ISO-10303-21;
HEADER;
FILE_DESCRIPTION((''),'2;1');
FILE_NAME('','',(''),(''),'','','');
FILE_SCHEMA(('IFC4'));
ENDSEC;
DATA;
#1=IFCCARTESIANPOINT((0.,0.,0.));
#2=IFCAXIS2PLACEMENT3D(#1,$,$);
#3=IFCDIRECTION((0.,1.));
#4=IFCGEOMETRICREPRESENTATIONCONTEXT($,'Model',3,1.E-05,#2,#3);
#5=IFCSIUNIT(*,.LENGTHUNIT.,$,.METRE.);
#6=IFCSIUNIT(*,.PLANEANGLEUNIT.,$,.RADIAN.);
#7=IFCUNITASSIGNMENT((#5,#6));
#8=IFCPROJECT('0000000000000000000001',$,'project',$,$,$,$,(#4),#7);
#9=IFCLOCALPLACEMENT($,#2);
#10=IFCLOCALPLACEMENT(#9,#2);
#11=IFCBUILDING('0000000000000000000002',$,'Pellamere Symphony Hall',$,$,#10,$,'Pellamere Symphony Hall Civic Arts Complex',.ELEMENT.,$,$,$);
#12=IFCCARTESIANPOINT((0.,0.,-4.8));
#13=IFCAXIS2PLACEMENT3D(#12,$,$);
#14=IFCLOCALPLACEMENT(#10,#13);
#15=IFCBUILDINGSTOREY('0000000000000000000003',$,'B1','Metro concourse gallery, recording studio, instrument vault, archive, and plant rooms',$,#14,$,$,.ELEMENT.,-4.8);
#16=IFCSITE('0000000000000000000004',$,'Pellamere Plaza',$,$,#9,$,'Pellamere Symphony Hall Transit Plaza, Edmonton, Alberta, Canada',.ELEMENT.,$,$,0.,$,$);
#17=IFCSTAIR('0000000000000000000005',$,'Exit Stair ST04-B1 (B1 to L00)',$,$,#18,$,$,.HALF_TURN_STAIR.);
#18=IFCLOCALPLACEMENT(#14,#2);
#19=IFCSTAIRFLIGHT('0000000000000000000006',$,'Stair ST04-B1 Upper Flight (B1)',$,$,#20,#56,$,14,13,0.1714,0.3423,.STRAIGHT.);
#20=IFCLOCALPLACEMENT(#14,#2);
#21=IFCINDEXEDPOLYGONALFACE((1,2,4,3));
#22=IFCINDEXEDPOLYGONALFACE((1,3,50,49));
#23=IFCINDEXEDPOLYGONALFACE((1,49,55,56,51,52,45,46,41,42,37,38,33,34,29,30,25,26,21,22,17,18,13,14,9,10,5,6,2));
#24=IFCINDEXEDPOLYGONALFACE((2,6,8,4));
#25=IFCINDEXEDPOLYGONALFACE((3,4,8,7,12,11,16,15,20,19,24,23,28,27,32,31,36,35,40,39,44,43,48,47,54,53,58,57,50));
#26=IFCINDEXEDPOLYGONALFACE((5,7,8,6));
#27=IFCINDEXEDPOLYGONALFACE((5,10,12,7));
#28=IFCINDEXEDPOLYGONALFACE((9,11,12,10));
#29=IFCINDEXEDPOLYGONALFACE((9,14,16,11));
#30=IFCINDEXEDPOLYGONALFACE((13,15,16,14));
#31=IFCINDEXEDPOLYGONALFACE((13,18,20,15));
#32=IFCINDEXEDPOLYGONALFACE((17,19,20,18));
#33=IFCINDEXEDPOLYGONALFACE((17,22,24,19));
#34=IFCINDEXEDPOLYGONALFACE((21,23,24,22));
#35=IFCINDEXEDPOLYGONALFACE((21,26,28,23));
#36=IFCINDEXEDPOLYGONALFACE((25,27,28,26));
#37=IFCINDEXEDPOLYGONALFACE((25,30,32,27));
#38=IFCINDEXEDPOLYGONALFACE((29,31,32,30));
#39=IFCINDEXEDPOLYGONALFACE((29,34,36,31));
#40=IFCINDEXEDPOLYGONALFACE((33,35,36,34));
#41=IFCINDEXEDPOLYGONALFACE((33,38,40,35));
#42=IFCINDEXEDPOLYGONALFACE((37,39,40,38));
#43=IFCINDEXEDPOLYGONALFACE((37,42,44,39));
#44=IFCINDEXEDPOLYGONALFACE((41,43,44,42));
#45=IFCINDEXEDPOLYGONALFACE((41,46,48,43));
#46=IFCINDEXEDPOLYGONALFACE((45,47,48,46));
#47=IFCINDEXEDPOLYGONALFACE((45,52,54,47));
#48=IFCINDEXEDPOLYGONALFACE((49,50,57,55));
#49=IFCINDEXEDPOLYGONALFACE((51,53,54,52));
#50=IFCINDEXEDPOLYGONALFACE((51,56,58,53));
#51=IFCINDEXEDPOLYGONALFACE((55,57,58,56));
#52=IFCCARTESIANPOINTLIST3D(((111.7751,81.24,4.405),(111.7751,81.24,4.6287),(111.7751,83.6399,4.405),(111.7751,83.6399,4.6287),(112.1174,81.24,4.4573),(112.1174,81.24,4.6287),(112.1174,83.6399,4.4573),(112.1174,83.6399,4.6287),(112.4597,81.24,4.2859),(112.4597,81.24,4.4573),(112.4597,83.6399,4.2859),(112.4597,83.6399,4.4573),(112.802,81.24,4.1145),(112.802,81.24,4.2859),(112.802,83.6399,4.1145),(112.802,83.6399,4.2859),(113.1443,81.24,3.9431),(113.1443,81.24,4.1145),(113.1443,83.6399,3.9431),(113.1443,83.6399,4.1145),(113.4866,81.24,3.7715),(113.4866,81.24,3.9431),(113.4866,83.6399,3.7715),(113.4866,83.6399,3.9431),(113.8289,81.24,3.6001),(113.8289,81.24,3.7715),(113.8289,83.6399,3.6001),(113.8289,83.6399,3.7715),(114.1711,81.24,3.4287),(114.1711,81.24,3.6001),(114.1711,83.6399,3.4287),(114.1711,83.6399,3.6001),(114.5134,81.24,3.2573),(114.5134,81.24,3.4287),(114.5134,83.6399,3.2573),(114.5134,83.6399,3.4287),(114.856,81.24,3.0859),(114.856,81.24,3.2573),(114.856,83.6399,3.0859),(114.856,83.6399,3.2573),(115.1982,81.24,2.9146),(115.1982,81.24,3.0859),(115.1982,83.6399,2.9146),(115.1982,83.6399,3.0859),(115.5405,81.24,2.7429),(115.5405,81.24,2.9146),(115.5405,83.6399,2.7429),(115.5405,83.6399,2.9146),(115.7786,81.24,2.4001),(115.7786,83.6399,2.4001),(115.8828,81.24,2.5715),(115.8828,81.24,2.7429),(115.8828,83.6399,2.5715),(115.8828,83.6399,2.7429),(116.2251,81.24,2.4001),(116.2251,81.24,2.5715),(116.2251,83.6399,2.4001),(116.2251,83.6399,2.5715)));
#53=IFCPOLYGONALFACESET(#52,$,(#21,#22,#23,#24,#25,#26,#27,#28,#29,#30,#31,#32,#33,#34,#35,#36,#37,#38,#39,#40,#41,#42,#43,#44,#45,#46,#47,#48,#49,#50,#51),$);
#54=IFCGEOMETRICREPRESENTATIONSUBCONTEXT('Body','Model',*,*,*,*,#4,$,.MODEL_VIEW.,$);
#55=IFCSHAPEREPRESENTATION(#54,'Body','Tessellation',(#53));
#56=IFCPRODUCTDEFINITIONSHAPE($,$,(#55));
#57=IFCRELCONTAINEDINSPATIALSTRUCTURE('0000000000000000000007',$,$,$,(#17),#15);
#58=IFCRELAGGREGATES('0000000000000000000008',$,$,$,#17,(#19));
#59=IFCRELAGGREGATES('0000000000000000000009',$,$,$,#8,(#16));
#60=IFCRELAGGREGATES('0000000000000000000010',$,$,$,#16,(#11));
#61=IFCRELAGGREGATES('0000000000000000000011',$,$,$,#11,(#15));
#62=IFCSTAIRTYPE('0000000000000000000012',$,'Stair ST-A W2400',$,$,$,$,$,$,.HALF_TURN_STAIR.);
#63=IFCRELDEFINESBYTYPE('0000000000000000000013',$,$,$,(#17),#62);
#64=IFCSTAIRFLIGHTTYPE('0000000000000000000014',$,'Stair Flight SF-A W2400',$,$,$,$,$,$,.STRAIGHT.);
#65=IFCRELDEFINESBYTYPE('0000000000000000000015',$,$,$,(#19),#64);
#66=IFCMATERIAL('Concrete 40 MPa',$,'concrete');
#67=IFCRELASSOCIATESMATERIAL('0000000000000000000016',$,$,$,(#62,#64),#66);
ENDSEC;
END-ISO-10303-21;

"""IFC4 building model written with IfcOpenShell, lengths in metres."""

from ifc_helpers import new_model, si_unit, direction, frame, origin, place, context, subcontext, project, spatial, polyline, outline, extrude, material, type_object, element, aggregate, save


model = new_model("IFC4")

# Units and contexts
model_context = context("Model", 3, precision=1e-05, world=origin(), true_north=direction((0.0, 1.0)))
body_context = subcontext(model_context, "Body", "Model", "MODEL_VIEW")
ifc_project = project(units=[si_unit("LENGTHUNIT", "METRE"), si_unit("PLANEANGLEUNIT", "RADIAN")], contexts=[model_context])

# Site, building, storey
site_placement = place(None, origin())
site = spatial("IfcSite", under=ifc_project, at=site_placement, Name="Pellamere Plaza", LongName="Pellamere Symphony Hall Transit Plaza, Edmonton, Alberta, Canada", CompositionType="ELEMENT", RefElevation=0.0)
building_placement = place(site_placement, origin())
building = spatial("IfcBuilding", under=site, at=building_placement, Name="Pellamere Symphony Hall", LongName="Pellamere Symphony Hall Civic Arts Complex", CompositionType="ELEMENT")
storey_placement = place(building_placement, frame((0.0, 0.0, -4.8)))
storey = spatial("IfcBuildingStorey", under=building, at=storey_placement, Name="B1", Description="Metro concourse gallery, recording studio, instrument vault, archive, and plant rooms", CompositionType="ELEMENT", Elevation=-4.8)

# Shared definitions
ifc_material_1 = material(Name="Concrete 40 MPa", Category="concrete")

# Stair, stair flight
stair_type = type_object("IfcStairType", Name="Stair ST-A W2400", PredefinedType="HALF_TURN_STAIR", material=ifc_material_1)
stair_placement = place(storey_placement, origin())
stair = element("IfcStair", 1, at=stair_placement, inside=storey, type_object=stair_type, Name="Exit Stair ST04-B1 (B1 to L00)", PredefinedType="HALF_TURN_STAIR")
stair_flight_type = type_object("IfcStairFlightType", Name="Stair Flight SF-A W2400", PredefinedType="STRAIGHT", material=ifc_material_1)
stair_flight_1_placement = place(storey_placement, frame((116.2251, 82.4399, 2.4001), z_axis=(0.0, 0.0, 1.0), x_axis=(-1.0, 0.0, 0.0)))
stair_flight_1 = element("IfcStairFlight", 2, at=stair_flight_1_placement, type_object=stair_flight_type, Name="Stair ST04-B1 Upper Flight (B1)", NumberOfRisers=14, NumberOfTreads=13, PredefinedType="STRAIGHT", RiserHeight=0.1714, TreadLength=0.3423, context=body_context, shape_type="SweptSolid", body=[
    extrude(outline(polyline([(0.0, 0.0), (0.0, 0.1714), (0.3423, 0.1714), (0.3423, 0.3428), (0.6846, 0.3428), (0.6846, 0.5144), (1.0269, 0.5144), (1.0269, 0.6858), (1.3691, 0.6858), (1.3691, 0.8572), (1.7117, 0.8572), (1.7117, 1.0286), (2.054, 1.0286), (2.054, 1.2), (2.3962, 1.2), (2.3962, 1.3713), (2.7385, 1.3713), (2.7385, 1.543), (3.0808, 1.543), (3.0808, 1.7144), (3.4231, 1.7144), (3.4231, 1.8857), (3.7654, 1.8857), (3.7654, 2.0571), (4.1077, 2.0571), (4.1077, 2.2285), (4.45, 2.2285), (4.45, 2.3999), (4.45, 2.0049), (0.4465, 0.0), (0.0, 0.0)])), frame((0.0, 1.2, 0.0), z_axis=(0.0, -1.0, 0.0), x_axis=(1.0, 0.0, 0.0)), (0.0, 0.0, 1.0), 2.3999),
])
aggregate(stair, [stair_flight_1])

save(model, "model.ifc")
